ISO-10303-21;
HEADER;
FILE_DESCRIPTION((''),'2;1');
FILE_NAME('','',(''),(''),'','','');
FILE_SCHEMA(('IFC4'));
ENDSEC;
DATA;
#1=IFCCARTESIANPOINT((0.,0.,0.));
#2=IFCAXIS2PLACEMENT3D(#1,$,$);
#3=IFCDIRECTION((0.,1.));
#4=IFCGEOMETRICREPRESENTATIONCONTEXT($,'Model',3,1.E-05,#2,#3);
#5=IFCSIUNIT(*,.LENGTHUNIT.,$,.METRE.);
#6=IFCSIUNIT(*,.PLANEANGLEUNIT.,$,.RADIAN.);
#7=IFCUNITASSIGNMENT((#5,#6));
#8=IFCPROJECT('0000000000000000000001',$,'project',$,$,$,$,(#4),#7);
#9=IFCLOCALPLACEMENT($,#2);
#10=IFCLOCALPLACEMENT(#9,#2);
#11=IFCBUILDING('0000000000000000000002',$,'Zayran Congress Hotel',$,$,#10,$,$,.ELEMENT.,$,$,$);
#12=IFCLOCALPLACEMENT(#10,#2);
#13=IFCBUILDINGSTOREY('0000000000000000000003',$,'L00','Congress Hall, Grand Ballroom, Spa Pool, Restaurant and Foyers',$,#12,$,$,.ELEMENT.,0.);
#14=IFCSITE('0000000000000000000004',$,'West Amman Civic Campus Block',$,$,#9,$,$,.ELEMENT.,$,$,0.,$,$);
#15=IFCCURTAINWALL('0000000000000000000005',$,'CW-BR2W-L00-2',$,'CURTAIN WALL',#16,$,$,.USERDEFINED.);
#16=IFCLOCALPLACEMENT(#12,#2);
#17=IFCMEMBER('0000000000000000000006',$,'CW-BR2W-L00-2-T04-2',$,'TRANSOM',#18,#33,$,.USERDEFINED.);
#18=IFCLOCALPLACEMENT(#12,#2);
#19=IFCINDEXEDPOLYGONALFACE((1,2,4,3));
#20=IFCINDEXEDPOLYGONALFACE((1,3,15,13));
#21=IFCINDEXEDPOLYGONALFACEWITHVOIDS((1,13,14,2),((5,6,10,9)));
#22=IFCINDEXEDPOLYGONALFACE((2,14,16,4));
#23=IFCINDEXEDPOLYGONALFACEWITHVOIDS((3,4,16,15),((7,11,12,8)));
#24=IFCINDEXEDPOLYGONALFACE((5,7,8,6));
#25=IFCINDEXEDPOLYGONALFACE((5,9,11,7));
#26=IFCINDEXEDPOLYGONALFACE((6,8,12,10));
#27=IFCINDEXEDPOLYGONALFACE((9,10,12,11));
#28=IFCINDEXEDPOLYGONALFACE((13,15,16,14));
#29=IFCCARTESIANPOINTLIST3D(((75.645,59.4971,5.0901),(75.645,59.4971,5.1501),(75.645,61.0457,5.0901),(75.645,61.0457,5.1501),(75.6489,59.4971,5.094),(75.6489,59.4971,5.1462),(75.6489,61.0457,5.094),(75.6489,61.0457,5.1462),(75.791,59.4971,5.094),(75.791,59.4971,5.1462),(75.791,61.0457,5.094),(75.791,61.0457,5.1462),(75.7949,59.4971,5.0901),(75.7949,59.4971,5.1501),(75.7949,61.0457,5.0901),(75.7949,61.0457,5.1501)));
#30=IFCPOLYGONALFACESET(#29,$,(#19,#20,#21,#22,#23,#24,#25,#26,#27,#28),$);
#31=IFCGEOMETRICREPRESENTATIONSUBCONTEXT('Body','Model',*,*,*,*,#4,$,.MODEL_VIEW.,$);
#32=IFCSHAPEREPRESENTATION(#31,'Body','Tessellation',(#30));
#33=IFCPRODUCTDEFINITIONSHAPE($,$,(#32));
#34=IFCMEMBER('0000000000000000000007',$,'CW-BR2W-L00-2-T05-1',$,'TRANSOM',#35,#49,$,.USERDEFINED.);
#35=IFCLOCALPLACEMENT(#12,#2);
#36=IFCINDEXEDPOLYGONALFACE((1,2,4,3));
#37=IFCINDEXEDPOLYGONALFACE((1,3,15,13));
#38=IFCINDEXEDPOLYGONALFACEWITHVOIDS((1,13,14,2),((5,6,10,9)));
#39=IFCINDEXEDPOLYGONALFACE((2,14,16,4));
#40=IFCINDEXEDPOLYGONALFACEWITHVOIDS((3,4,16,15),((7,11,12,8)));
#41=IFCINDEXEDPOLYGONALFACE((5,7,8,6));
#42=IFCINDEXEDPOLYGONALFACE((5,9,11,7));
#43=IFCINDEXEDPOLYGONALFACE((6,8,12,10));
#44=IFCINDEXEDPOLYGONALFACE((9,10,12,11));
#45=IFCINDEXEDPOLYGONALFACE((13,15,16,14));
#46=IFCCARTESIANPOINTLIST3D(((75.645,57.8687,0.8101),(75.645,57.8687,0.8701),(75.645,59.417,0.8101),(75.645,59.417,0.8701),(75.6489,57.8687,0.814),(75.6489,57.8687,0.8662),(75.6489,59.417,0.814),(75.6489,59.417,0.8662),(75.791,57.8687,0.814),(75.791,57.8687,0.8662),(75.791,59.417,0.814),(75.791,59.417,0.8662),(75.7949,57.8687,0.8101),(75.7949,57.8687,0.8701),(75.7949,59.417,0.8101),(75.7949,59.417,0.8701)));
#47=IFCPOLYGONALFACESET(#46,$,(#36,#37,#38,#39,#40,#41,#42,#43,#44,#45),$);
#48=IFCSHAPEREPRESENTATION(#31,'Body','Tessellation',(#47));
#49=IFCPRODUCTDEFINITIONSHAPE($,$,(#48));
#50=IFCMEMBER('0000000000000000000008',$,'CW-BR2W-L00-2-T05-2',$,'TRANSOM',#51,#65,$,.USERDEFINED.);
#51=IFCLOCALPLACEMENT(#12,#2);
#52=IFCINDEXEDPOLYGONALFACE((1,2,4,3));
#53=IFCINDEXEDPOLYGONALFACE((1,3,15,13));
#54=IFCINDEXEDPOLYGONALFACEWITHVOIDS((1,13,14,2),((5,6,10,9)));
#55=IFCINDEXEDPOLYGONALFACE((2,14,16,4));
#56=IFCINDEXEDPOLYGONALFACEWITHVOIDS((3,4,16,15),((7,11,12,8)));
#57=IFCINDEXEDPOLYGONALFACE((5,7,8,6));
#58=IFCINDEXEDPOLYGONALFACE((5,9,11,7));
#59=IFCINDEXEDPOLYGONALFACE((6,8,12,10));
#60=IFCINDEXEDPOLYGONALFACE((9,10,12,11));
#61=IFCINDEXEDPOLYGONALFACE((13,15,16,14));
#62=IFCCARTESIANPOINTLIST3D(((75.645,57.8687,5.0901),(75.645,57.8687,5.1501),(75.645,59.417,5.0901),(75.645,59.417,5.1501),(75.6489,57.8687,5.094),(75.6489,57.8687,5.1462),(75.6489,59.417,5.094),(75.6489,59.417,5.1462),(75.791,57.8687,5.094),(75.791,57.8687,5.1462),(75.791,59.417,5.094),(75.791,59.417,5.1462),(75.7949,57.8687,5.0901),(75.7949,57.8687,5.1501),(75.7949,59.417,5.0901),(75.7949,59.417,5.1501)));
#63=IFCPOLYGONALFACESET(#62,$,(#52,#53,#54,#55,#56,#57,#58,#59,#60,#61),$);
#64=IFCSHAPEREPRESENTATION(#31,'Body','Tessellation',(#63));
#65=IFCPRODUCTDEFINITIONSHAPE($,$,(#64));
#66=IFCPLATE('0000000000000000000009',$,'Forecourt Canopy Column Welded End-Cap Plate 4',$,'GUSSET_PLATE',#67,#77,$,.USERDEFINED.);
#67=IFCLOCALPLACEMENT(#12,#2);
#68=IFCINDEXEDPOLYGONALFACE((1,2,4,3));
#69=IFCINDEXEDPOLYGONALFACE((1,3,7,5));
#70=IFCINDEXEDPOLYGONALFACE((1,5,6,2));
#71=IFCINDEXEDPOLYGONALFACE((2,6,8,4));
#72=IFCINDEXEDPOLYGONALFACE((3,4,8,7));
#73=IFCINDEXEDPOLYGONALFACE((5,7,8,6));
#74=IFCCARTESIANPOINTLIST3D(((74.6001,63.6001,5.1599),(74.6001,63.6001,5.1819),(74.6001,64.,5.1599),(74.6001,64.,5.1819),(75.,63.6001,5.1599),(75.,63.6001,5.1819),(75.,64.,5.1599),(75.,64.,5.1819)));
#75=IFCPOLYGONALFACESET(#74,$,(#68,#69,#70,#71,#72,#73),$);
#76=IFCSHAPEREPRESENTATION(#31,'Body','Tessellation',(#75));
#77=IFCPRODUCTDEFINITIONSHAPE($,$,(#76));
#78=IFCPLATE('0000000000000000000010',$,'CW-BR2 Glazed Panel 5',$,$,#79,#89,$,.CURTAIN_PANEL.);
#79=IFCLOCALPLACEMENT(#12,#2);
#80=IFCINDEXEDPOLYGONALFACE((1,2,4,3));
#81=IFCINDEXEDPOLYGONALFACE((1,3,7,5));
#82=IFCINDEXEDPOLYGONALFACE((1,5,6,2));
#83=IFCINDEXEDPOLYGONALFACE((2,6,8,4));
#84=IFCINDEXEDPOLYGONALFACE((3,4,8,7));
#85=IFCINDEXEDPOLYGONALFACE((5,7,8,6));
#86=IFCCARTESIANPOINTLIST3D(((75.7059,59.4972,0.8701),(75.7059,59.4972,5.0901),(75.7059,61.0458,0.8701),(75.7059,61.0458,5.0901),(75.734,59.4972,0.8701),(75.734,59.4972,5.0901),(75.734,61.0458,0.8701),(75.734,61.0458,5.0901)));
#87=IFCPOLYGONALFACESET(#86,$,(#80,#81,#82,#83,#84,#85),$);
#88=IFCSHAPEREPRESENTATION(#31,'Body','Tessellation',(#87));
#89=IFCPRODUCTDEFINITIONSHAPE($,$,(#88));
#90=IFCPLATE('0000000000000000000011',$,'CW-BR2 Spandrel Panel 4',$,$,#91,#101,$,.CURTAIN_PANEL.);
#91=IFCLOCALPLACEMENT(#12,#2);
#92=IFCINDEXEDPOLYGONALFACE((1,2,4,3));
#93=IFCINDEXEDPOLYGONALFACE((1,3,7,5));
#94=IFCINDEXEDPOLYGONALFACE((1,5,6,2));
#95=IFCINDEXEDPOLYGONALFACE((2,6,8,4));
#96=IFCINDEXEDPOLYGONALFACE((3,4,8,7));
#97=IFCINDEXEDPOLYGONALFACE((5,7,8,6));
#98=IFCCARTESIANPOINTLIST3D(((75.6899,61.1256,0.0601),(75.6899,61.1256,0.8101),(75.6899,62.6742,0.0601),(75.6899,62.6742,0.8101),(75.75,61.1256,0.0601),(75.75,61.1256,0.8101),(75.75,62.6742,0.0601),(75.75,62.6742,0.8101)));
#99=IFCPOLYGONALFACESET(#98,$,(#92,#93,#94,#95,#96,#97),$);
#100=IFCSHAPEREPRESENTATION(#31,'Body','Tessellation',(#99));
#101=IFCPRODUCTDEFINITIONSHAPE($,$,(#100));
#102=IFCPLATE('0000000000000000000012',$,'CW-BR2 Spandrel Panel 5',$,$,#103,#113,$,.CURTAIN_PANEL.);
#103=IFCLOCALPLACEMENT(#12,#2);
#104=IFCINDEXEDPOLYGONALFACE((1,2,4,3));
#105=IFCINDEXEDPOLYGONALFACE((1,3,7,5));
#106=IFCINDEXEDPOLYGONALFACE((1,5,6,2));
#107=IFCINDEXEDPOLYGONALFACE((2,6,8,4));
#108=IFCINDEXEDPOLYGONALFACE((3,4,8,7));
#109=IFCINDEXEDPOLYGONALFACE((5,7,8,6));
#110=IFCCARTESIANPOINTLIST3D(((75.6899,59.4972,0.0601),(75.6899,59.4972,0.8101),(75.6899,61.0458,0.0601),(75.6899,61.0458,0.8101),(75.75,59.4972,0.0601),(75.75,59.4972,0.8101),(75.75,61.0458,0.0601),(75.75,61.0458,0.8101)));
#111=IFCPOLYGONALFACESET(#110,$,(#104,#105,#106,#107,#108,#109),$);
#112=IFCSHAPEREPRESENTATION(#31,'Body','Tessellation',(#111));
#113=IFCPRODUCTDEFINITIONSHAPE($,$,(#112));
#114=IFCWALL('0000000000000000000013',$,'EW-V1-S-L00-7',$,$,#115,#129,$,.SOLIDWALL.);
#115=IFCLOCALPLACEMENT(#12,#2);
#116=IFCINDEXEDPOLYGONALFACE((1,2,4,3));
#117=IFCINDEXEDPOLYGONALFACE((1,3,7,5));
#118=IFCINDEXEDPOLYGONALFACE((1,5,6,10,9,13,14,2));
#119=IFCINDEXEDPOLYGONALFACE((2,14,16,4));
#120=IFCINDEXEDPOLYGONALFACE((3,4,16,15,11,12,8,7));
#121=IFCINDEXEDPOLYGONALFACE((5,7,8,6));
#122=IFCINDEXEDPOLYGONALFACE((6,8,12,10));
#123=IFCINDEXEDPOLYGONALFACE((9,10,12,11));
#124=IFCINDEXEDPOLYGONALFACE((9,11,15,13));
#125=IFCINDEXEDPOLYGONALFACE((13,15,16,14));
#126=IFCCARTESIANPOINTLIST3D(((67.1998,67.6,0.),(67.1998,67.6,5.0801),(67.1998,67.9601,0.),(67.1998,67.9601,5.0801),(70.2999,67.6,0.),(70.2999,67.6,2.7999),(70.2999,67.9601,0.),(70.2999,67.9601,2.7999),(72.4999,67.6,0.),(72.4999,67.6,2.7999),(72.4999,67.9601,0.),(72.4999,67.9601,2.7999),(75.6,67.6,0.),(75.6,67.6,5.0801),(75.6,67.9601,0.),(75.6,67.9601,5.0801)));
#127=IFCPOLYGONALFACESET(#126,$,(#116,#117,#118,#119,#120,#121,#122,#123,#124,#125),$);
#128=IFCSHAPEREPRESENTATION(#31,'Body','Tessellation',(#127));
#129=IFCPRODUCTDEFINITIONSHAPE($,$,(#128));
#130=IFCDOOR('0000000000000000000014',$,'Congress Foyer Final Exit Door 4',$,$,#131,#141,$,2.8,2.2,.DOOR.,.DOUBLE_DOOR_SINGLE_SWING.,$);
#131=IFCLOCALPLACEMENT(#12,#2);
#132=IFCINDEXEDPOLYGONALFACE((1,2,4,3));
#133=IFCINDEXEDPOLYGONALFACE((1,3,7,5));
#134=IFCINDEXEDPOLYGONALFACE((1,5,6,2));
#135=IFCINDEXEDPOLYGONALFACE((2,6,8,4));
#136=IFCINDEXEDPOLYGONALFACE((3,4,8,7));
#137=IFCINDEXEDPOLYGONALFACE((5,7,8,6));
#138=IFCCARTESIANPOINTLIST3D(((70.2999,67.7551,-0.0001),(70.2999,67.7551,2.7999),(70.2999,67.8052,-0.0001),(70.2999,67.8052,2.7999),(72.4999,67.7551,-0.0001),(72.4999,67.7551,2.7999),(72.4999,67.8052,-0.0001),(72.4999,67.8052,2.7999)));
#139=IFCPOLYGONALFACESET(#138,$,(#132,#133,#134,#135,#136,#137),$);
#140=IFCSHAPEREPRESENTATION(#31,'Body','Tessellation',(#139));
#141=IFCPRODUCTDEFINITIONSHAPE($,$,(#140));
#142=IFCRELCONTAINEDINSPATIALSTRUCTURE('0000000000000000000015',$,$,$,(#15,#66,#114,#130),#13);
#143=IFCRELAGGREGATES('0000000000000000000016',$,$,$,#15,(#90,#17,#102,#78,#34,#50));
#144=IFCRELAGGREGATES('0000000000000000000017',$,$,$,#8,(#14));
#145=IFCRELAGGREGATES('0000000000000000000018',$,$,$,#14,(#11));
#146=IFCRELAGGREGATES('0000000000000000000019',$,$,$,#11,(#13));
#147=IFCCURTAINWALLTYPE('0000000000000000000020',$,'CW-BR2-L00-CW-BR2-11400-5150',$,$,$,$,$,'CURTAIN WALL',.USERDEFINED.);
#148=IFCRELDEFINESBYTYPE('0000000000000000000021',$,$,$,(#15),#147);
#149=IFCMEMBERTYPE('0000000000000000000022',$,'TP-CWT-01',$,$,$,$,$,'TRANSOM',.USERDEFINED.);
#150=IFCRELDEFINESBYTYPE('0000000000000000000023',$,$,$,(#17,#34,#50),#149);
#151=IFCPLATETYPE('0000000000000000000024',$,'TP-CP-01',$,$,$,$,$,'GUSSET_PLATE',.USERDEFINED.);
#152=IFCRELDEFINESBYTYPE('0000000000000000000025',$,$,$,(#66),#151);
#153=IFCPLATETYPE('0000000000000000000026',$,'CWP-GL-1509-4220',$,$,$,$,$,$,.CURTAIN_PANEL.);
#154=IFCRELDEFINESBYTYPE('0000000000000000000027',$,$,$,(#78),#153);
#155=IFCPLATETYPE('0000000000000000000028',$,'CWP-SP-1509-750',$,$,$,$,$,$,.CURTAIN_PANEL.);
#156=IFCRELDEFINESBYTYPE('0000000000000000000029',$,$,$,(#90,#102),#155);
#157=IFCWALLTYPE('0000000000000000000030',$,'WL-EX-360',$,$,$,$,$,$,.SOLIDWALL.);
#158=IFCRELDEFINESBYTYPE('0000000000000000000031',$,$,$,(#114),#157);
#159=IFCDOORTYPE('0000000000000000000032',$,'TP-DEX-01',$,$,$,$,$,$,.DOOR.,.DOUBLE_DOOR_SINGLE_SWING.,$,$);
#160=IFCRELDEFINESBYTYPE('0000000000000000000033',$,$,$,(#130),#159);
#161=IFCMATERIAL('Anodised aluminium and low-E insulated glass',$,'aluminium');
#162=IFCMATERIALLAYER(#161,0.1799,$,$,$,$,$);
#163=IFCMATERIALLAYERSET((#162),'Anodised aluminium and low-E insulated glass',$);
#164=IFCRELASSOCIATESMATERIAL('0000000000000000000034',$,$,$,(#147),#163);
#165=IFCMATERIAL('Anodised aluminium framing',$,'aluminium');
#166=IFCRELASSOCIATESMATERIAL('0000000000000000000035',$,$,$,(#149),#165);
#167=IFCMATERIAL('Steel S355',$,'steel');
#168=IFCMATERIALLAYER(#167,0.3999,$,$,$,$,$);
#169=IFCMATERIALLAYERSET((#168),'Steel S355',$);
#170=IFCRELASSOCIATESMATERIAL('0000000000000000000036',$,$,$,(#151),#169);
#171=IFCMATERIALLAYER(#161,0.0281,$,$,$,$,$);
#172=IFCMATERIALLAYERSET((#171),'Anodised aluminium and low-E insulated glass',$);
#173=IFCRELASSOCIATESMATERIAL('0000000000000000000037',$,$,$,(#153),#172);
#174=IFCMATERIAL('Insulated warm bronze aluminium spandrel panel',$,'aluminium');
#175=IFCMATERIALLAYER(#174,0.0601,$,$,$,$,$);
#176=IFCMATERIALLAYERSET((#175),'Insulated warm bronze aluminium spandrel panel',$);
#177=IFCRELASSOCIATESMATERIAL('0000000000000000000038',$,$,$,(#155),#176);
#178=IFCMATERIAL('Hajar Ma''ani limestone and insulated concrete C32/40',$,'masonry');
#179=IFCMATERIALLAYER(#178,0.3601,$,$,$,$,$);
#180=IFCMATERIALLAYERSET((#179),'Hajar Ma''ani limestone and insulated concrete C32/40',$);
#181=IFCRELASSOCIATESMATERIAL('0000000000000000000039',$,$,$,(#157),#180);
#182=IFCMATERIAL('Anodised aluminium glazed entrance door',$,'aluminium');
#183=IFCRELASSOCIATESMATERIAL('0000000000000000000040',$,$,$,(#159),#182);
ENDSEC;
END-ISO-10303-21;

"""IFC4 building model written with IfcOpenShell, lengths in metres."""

from ifc_helpers import new_model, si_unit, direction, frame, frame_2d, origin, origin_2d, place, context, subcontext, project, spatial, rectangle, hollow_rectangle, extrude, material, layer, layer_set, material_profile, profile_set, type_object, element, fill, aggregate, save


model = new_model("IFC4")

# Units and contexts
model_context = context("Model", 3, precision=1e-05, world=origin(), true_north=direction((0.0, 1.0)))
body_context = subcontext(model_context, "Body", "Model", "MODEL_VIEW")
ifc_project = project(units=[si_unit("LENGTHUNIT", "METRE"), si_unit("PLANEANGLEUNIT", "RADIAN")], contexts=[model_context])

# Site, building, storey
site_placement = place(None, origin())
site = spatial("IfcSite", under=ifc_project, at=site_placement, Name="West Amman Civic Campus Block", CompositionType="ELEMENT", RefElevation=0.0)
building_placement = place(site_placement, origin())
building = spatial("IfcBuilding", under=site, at=building_placement, Name="Zayran Congress Hotel", CompositionType="ELEMENT")
storey_placement = place(building_placement, origin())
storey = spatial("IfcBuildingStorey", under=building, at=storey_placement, Name="L00", Description="Congress Hall, Grand Ballroom, Spa Pool, Restaurant and Foyers", CompositionType="ELEMENT", Elevation=0.0)

# Shared definitions
ifc_material_1 = material(Name="Steel S355", Category="steel")

# Shared definitions
ifc_material_2 = material(Name="Anodised aluminium and low-E insulated glass", Category="aluminium")
ifc_material_3 = material(Name="Anodised aluminium framing", Category="aluminium")

# Curtain wall
ifc_layer_1 = layer(ifc_material_2, 0.1799)
ifc_layer_set_1 = layer_set([ifc_layer_1], Name="Anodised aluminium and low-E insulated glass")
curtain_wall_type_1 = type_object("IfcCurtainWallType", Name="CW-BR2-L00-CW-BR2-11400-5150", ElementType="CURTAIN WALL", PredefinedType="USERDEFINED", material=ifc_layer_set_1)
curtain_wall_1_placement = place(storey_placement, origin())
curtain_wall_1 = element("IfcCurtainWall", 1, at=curtain_wall_1_placement, inside=storey, type_object=curtain_wall_type_1, Name="CW-BR2W-L00-2", ObjectType="CURTAIN WALL", PredefinedType="USERDEFINED")

# Members
ifc_material_profile_1 = material_profile(ifc_material_3, hollow_rectangle(XDim=0.0601, YDim=0.1499, WallThickness=0.0039, at=origin_2d()), Name="RHS 150x60x4")
ifc_profile_set_1 = profile_set([ifc_material_profile_1], Name="Anodised aluminium framing")
member_type_1 = type_object("IfcMemberType", Name="TP-CWT-01", ElementType="TRANSOM", PredefinedType="USERDEFINED", material=ifc_profile_set_1)
member_1_placement = place(storey_placement, frame((75.72, 61.0457, 5.1201), z_axis=(0.0, -1.0, 0.0), x_axis=(0.0, 0.0, 1.0)))
member_1 = element("IfcMember", 2, at=member_1_placement, type_object=member_type_1, Name="CW-BR2W-L00-2-T04-2", ObjectType="TRANSOM", PredefinedType="USERDEFINED", context=body_context, shape_type="SweptSolid", body=[
    extrude(hollow_rectangle(XDim=0.0601, YDim=0.1499, WallThickness=0.0039, at=origin_2d()), origin(), (0.0, 0.0, 1.0), 1.5486),
])
member_2_placement = place(storey_placement, frame((75.72, 59.417, 0.8401), z_axis=(0.0, -1.0, 0.0), x_axis=(0.0, 0.0, 1.0)))
member_2 = element("IfcMember", 3, at=member_2_placement, type_object=member_type_1, Name="CW-BR2W-L00-2-T05-1", ObjectType="TRANSOM", PredefinedType="USERDEFINED", context=body_context, shape_type="SweptSolid", body=[
    extrude(hollow_rectangle(XDim=0.0601, YDim=0.1499, WallThickness=0.0039, at=origin_2d()), origin(), (0.0, 0.0, 1.0), 1.5483),
])
member_3_placement = place(storey_placement, frame((75.72, 59.417, 5.1201), z_axis=(0.0, -1.0, 0.0), x_axis=(0.0, 0.0, 1.0)))
member_3 = element("IfcMember", 4, at=member_3_placement, type_object=member_type_1, Name="CW-BR2W-L00-2-T05-2", ObjectType="TRANSOM", PredefinedType="USERDEFINED", context=body_context, shape_type="SweptSolid", body=[
    extrude(hollow_rectangle(XDim=0.0601, YDim=0.1499, WallThickness=0.0039, at=origin_2d()), origin(), (0.0, 0.0, 1.0), 1.5483),
])

# Plates
ifc_layer_2 = layer(ifc_material_1, 0.3999)
ifc_layer_set_2 = layer_set([ifc_layer_2], Name="Steel S355")
plate_type_1 = type_object("IfcPlateType", Name="TP-CP-01", ElementType="GUSSET_PLATE", PredefinedType="USERDEFINED", material=ifc_layer_set_2)
plate_1_placement = place(storey_placement, frame((74.8, 63.8, 5.1599), z_axis=(0.0, 0.0, 1.0), x_axis=(1.0, 0.0, 0.0)))
element("IfcPlate", 5, at=plate_1_placement, inside=storey, type_object=plate_type_1, Name="Forecourt Canopy Column Welded End-Cap Plate 4", ObjectType="GUSSET_PLATE", PredefinedType="USERDEFINED", context=body_context, shape_type="SweptSolid", body=[
    extrude(rectangle(XDim=0.3999, YDim=0.3999, at=origin_2d()), origin(), (0.0, 0.0, 1.0), 0.022),
])
ifc_layer_3 = layer(ifc_material_2, 0.0281)
ifc_layer_set_3 = layer_set([ifc_layer_3], Name="Anodised aluminium and low-E insulated glass")
plate_type_2 = type_object("IfcPlateType", Name="CWP-GL-1509-4220", PredefinedType="CURTAIN_PANEL", material=ifc_layer_set_3)
plate_2_placement = place(storey_placement, frame((75.72, 60.2715, 0.8701), z_axis=(0.0, 0.0, 1.0), x_axis=(0.0, 1.0, 0.0)))
plate_2 = element("IfcPlate", 6, at=plate_2_placement, type_object=plate_type_2, Name="CW-BR2 Glazed Panel 5", PredefinedType="CURTAIN_PANEL", context=body_context, shape_type="SweptSolid", body=[
    extrude(rectangle(XDim=1.5486, YDim=0.0281, at=origin_2d()), origin(), (0.0, 0.0, 1.0), 4.22),
])
ifc_material_4 = material(Name="Insulated warm bronze aluminium spandrel panel", Category="aluminium")
ifc_layer_4 = layer(ifc_material_4, 0.0601)
ifc_layer_set_4 = layer_set([ifc_layer_4], Name="Insulated warm bronze aluminium spandrel panel")
plate_type_3 = type_object("IfcPlateType", Name="CWP-SP-1509-750", PredefinedType="CURTAIN_PANEL", material=ifc_layer_set_4)
plate_3_placement = place(storey_placement, frame((75.72, 61.8999, 0.0601), z_axis=(0.0, 0.0, 1.0), x_axis=(0.0, 1.0, 0.0)))
plate_3 = element("IfcPlate", 7, at=plate_3_placement, type_object=plate_type_3, Name="CW-BR2 Spandrel Panel 4", PredefinedType="CURTAIN_PANEL", context=body_context, shape_type="SweptSolid", body=[
    extrude(rectangle(XDim=1.5486, YDim=0.0601, at=origin_2d()), origin(), (0.0, 0.0, 1.0), 0.75),
])
plate_4_placement = place(storey_placement, frame((75.72, 60.2715, 0.0601), z_axis=(0.0, 0.0, 1.0), x_axis=(0.0, 1.0, 0.0)))
plate_4 = element("IfcPlate", 8, at=plate_4_placement, type_object=plate_type_3, Name="CW-BR2 Spandrel Panel 5", PredefinedType="CURTAIN_PANEL", context=body_context, shape_type="SweptSolid", body=[
    extrude(rectangle(XDim=1.5486, YDim=0.0601, at=origin_2d()), origin(), (0.0, 0.0, 1.0), 0.75),
])
aggregate(curtain_wall_1, [plate_3, member_1, plate_4, plate_2, member_2, member_3])

# Wall, opening, door
ifc_material_5 = material(Name="Hajar Ma'ani limestone and insulated concrete C32/40", Category="masonry")
ifc_layer_5 = layer(ifc_material_5, 0.3601)
ifc_layer_set_5 = layer_set([ifc_layer_5], Name="Hajar Ma'ani limestone and insulated concrete C32/40")
wall_type = type_object("IfcWallType", Name="WL-EX-360", PredefinedType="SOLIDWALL", material=ifc_layer_set_5)
wall_placement = place(storey_placement, frame((75.6001, 67.78, 0.0), z_axis=(0.0, 0.0, 1.0), x_axis=(-1.0, 0.0, 0.0)))
wall = element("IfcWall", 9, at=wall_placement, inside=storey, type_object=wall_type, Name="EW-V1-S-L00-7", PredefinedType="SOLIDWALL", context=body_context, shape_type="SweptSolid", body=[
    extrude(rectangle(XDim=8.4001, YDim=0.3601, at=frame_2d((4.2002, 0.0))), origin(), (0.0, 0.0, 1.0), 5.0801),
])
opening_placement = place(wall_placement, frame((3.1001, 0.0, 0.0)))
opening = element("IfcOpeningElement", 10, at=opening_placement, cuts=wall, PredefinedType="OPENING", context=body_context, shape_type="SweptSolid", body=[
    extrude(rectangle(XDim=2.2, YDim=2.8, at=frame_2d((1.1001, 1.3999))), frame((0.0, 0.1899, 0.0), z_axis=(0.0, -1.0, 0.0), x_axis=(1.0, 0.0, 0.0)), (0.0, 0.0, 1.0), 0.3801),
])
ifc_material_6 = material(Name="Anodised aluminium glazed entrance door", Category="aluminium")
door_type = type_object("IfcDoorType", Name="TP-DEX-01", OperationType="DOUBLE_DOOR_SINGLE_SWING", PredefinedType="DOOR", material=ifc_material_6)
door_placement = place(opening_placement, origin())
door = element("IfcDoor", 11, at=door_placement, inside=storey, type_object=door_type, Name="Congress Foyer Final Exit Door 4", OperationType="DOUBLE_DOOR_SINGLE_SWING", OverallHeight=2.8, OverallWidth=2.2, PredefinedType="DOOR", context=body_context, shape_type="SweptSolid", body=[
    extrude(rectangle(XDim=2.2, YDim=2.8, at=frame_2d((1.1001, 1.3999))), frame((0.0, 0.0249, 0.0), z_axis=(0.0, -1.0, 0.0), x_axis=(1.0, 0.0, 0.0)), (0.0, 0.0, 1.0), 0.05),
])
fill(opening, door)

save(model, "model.ifc")
